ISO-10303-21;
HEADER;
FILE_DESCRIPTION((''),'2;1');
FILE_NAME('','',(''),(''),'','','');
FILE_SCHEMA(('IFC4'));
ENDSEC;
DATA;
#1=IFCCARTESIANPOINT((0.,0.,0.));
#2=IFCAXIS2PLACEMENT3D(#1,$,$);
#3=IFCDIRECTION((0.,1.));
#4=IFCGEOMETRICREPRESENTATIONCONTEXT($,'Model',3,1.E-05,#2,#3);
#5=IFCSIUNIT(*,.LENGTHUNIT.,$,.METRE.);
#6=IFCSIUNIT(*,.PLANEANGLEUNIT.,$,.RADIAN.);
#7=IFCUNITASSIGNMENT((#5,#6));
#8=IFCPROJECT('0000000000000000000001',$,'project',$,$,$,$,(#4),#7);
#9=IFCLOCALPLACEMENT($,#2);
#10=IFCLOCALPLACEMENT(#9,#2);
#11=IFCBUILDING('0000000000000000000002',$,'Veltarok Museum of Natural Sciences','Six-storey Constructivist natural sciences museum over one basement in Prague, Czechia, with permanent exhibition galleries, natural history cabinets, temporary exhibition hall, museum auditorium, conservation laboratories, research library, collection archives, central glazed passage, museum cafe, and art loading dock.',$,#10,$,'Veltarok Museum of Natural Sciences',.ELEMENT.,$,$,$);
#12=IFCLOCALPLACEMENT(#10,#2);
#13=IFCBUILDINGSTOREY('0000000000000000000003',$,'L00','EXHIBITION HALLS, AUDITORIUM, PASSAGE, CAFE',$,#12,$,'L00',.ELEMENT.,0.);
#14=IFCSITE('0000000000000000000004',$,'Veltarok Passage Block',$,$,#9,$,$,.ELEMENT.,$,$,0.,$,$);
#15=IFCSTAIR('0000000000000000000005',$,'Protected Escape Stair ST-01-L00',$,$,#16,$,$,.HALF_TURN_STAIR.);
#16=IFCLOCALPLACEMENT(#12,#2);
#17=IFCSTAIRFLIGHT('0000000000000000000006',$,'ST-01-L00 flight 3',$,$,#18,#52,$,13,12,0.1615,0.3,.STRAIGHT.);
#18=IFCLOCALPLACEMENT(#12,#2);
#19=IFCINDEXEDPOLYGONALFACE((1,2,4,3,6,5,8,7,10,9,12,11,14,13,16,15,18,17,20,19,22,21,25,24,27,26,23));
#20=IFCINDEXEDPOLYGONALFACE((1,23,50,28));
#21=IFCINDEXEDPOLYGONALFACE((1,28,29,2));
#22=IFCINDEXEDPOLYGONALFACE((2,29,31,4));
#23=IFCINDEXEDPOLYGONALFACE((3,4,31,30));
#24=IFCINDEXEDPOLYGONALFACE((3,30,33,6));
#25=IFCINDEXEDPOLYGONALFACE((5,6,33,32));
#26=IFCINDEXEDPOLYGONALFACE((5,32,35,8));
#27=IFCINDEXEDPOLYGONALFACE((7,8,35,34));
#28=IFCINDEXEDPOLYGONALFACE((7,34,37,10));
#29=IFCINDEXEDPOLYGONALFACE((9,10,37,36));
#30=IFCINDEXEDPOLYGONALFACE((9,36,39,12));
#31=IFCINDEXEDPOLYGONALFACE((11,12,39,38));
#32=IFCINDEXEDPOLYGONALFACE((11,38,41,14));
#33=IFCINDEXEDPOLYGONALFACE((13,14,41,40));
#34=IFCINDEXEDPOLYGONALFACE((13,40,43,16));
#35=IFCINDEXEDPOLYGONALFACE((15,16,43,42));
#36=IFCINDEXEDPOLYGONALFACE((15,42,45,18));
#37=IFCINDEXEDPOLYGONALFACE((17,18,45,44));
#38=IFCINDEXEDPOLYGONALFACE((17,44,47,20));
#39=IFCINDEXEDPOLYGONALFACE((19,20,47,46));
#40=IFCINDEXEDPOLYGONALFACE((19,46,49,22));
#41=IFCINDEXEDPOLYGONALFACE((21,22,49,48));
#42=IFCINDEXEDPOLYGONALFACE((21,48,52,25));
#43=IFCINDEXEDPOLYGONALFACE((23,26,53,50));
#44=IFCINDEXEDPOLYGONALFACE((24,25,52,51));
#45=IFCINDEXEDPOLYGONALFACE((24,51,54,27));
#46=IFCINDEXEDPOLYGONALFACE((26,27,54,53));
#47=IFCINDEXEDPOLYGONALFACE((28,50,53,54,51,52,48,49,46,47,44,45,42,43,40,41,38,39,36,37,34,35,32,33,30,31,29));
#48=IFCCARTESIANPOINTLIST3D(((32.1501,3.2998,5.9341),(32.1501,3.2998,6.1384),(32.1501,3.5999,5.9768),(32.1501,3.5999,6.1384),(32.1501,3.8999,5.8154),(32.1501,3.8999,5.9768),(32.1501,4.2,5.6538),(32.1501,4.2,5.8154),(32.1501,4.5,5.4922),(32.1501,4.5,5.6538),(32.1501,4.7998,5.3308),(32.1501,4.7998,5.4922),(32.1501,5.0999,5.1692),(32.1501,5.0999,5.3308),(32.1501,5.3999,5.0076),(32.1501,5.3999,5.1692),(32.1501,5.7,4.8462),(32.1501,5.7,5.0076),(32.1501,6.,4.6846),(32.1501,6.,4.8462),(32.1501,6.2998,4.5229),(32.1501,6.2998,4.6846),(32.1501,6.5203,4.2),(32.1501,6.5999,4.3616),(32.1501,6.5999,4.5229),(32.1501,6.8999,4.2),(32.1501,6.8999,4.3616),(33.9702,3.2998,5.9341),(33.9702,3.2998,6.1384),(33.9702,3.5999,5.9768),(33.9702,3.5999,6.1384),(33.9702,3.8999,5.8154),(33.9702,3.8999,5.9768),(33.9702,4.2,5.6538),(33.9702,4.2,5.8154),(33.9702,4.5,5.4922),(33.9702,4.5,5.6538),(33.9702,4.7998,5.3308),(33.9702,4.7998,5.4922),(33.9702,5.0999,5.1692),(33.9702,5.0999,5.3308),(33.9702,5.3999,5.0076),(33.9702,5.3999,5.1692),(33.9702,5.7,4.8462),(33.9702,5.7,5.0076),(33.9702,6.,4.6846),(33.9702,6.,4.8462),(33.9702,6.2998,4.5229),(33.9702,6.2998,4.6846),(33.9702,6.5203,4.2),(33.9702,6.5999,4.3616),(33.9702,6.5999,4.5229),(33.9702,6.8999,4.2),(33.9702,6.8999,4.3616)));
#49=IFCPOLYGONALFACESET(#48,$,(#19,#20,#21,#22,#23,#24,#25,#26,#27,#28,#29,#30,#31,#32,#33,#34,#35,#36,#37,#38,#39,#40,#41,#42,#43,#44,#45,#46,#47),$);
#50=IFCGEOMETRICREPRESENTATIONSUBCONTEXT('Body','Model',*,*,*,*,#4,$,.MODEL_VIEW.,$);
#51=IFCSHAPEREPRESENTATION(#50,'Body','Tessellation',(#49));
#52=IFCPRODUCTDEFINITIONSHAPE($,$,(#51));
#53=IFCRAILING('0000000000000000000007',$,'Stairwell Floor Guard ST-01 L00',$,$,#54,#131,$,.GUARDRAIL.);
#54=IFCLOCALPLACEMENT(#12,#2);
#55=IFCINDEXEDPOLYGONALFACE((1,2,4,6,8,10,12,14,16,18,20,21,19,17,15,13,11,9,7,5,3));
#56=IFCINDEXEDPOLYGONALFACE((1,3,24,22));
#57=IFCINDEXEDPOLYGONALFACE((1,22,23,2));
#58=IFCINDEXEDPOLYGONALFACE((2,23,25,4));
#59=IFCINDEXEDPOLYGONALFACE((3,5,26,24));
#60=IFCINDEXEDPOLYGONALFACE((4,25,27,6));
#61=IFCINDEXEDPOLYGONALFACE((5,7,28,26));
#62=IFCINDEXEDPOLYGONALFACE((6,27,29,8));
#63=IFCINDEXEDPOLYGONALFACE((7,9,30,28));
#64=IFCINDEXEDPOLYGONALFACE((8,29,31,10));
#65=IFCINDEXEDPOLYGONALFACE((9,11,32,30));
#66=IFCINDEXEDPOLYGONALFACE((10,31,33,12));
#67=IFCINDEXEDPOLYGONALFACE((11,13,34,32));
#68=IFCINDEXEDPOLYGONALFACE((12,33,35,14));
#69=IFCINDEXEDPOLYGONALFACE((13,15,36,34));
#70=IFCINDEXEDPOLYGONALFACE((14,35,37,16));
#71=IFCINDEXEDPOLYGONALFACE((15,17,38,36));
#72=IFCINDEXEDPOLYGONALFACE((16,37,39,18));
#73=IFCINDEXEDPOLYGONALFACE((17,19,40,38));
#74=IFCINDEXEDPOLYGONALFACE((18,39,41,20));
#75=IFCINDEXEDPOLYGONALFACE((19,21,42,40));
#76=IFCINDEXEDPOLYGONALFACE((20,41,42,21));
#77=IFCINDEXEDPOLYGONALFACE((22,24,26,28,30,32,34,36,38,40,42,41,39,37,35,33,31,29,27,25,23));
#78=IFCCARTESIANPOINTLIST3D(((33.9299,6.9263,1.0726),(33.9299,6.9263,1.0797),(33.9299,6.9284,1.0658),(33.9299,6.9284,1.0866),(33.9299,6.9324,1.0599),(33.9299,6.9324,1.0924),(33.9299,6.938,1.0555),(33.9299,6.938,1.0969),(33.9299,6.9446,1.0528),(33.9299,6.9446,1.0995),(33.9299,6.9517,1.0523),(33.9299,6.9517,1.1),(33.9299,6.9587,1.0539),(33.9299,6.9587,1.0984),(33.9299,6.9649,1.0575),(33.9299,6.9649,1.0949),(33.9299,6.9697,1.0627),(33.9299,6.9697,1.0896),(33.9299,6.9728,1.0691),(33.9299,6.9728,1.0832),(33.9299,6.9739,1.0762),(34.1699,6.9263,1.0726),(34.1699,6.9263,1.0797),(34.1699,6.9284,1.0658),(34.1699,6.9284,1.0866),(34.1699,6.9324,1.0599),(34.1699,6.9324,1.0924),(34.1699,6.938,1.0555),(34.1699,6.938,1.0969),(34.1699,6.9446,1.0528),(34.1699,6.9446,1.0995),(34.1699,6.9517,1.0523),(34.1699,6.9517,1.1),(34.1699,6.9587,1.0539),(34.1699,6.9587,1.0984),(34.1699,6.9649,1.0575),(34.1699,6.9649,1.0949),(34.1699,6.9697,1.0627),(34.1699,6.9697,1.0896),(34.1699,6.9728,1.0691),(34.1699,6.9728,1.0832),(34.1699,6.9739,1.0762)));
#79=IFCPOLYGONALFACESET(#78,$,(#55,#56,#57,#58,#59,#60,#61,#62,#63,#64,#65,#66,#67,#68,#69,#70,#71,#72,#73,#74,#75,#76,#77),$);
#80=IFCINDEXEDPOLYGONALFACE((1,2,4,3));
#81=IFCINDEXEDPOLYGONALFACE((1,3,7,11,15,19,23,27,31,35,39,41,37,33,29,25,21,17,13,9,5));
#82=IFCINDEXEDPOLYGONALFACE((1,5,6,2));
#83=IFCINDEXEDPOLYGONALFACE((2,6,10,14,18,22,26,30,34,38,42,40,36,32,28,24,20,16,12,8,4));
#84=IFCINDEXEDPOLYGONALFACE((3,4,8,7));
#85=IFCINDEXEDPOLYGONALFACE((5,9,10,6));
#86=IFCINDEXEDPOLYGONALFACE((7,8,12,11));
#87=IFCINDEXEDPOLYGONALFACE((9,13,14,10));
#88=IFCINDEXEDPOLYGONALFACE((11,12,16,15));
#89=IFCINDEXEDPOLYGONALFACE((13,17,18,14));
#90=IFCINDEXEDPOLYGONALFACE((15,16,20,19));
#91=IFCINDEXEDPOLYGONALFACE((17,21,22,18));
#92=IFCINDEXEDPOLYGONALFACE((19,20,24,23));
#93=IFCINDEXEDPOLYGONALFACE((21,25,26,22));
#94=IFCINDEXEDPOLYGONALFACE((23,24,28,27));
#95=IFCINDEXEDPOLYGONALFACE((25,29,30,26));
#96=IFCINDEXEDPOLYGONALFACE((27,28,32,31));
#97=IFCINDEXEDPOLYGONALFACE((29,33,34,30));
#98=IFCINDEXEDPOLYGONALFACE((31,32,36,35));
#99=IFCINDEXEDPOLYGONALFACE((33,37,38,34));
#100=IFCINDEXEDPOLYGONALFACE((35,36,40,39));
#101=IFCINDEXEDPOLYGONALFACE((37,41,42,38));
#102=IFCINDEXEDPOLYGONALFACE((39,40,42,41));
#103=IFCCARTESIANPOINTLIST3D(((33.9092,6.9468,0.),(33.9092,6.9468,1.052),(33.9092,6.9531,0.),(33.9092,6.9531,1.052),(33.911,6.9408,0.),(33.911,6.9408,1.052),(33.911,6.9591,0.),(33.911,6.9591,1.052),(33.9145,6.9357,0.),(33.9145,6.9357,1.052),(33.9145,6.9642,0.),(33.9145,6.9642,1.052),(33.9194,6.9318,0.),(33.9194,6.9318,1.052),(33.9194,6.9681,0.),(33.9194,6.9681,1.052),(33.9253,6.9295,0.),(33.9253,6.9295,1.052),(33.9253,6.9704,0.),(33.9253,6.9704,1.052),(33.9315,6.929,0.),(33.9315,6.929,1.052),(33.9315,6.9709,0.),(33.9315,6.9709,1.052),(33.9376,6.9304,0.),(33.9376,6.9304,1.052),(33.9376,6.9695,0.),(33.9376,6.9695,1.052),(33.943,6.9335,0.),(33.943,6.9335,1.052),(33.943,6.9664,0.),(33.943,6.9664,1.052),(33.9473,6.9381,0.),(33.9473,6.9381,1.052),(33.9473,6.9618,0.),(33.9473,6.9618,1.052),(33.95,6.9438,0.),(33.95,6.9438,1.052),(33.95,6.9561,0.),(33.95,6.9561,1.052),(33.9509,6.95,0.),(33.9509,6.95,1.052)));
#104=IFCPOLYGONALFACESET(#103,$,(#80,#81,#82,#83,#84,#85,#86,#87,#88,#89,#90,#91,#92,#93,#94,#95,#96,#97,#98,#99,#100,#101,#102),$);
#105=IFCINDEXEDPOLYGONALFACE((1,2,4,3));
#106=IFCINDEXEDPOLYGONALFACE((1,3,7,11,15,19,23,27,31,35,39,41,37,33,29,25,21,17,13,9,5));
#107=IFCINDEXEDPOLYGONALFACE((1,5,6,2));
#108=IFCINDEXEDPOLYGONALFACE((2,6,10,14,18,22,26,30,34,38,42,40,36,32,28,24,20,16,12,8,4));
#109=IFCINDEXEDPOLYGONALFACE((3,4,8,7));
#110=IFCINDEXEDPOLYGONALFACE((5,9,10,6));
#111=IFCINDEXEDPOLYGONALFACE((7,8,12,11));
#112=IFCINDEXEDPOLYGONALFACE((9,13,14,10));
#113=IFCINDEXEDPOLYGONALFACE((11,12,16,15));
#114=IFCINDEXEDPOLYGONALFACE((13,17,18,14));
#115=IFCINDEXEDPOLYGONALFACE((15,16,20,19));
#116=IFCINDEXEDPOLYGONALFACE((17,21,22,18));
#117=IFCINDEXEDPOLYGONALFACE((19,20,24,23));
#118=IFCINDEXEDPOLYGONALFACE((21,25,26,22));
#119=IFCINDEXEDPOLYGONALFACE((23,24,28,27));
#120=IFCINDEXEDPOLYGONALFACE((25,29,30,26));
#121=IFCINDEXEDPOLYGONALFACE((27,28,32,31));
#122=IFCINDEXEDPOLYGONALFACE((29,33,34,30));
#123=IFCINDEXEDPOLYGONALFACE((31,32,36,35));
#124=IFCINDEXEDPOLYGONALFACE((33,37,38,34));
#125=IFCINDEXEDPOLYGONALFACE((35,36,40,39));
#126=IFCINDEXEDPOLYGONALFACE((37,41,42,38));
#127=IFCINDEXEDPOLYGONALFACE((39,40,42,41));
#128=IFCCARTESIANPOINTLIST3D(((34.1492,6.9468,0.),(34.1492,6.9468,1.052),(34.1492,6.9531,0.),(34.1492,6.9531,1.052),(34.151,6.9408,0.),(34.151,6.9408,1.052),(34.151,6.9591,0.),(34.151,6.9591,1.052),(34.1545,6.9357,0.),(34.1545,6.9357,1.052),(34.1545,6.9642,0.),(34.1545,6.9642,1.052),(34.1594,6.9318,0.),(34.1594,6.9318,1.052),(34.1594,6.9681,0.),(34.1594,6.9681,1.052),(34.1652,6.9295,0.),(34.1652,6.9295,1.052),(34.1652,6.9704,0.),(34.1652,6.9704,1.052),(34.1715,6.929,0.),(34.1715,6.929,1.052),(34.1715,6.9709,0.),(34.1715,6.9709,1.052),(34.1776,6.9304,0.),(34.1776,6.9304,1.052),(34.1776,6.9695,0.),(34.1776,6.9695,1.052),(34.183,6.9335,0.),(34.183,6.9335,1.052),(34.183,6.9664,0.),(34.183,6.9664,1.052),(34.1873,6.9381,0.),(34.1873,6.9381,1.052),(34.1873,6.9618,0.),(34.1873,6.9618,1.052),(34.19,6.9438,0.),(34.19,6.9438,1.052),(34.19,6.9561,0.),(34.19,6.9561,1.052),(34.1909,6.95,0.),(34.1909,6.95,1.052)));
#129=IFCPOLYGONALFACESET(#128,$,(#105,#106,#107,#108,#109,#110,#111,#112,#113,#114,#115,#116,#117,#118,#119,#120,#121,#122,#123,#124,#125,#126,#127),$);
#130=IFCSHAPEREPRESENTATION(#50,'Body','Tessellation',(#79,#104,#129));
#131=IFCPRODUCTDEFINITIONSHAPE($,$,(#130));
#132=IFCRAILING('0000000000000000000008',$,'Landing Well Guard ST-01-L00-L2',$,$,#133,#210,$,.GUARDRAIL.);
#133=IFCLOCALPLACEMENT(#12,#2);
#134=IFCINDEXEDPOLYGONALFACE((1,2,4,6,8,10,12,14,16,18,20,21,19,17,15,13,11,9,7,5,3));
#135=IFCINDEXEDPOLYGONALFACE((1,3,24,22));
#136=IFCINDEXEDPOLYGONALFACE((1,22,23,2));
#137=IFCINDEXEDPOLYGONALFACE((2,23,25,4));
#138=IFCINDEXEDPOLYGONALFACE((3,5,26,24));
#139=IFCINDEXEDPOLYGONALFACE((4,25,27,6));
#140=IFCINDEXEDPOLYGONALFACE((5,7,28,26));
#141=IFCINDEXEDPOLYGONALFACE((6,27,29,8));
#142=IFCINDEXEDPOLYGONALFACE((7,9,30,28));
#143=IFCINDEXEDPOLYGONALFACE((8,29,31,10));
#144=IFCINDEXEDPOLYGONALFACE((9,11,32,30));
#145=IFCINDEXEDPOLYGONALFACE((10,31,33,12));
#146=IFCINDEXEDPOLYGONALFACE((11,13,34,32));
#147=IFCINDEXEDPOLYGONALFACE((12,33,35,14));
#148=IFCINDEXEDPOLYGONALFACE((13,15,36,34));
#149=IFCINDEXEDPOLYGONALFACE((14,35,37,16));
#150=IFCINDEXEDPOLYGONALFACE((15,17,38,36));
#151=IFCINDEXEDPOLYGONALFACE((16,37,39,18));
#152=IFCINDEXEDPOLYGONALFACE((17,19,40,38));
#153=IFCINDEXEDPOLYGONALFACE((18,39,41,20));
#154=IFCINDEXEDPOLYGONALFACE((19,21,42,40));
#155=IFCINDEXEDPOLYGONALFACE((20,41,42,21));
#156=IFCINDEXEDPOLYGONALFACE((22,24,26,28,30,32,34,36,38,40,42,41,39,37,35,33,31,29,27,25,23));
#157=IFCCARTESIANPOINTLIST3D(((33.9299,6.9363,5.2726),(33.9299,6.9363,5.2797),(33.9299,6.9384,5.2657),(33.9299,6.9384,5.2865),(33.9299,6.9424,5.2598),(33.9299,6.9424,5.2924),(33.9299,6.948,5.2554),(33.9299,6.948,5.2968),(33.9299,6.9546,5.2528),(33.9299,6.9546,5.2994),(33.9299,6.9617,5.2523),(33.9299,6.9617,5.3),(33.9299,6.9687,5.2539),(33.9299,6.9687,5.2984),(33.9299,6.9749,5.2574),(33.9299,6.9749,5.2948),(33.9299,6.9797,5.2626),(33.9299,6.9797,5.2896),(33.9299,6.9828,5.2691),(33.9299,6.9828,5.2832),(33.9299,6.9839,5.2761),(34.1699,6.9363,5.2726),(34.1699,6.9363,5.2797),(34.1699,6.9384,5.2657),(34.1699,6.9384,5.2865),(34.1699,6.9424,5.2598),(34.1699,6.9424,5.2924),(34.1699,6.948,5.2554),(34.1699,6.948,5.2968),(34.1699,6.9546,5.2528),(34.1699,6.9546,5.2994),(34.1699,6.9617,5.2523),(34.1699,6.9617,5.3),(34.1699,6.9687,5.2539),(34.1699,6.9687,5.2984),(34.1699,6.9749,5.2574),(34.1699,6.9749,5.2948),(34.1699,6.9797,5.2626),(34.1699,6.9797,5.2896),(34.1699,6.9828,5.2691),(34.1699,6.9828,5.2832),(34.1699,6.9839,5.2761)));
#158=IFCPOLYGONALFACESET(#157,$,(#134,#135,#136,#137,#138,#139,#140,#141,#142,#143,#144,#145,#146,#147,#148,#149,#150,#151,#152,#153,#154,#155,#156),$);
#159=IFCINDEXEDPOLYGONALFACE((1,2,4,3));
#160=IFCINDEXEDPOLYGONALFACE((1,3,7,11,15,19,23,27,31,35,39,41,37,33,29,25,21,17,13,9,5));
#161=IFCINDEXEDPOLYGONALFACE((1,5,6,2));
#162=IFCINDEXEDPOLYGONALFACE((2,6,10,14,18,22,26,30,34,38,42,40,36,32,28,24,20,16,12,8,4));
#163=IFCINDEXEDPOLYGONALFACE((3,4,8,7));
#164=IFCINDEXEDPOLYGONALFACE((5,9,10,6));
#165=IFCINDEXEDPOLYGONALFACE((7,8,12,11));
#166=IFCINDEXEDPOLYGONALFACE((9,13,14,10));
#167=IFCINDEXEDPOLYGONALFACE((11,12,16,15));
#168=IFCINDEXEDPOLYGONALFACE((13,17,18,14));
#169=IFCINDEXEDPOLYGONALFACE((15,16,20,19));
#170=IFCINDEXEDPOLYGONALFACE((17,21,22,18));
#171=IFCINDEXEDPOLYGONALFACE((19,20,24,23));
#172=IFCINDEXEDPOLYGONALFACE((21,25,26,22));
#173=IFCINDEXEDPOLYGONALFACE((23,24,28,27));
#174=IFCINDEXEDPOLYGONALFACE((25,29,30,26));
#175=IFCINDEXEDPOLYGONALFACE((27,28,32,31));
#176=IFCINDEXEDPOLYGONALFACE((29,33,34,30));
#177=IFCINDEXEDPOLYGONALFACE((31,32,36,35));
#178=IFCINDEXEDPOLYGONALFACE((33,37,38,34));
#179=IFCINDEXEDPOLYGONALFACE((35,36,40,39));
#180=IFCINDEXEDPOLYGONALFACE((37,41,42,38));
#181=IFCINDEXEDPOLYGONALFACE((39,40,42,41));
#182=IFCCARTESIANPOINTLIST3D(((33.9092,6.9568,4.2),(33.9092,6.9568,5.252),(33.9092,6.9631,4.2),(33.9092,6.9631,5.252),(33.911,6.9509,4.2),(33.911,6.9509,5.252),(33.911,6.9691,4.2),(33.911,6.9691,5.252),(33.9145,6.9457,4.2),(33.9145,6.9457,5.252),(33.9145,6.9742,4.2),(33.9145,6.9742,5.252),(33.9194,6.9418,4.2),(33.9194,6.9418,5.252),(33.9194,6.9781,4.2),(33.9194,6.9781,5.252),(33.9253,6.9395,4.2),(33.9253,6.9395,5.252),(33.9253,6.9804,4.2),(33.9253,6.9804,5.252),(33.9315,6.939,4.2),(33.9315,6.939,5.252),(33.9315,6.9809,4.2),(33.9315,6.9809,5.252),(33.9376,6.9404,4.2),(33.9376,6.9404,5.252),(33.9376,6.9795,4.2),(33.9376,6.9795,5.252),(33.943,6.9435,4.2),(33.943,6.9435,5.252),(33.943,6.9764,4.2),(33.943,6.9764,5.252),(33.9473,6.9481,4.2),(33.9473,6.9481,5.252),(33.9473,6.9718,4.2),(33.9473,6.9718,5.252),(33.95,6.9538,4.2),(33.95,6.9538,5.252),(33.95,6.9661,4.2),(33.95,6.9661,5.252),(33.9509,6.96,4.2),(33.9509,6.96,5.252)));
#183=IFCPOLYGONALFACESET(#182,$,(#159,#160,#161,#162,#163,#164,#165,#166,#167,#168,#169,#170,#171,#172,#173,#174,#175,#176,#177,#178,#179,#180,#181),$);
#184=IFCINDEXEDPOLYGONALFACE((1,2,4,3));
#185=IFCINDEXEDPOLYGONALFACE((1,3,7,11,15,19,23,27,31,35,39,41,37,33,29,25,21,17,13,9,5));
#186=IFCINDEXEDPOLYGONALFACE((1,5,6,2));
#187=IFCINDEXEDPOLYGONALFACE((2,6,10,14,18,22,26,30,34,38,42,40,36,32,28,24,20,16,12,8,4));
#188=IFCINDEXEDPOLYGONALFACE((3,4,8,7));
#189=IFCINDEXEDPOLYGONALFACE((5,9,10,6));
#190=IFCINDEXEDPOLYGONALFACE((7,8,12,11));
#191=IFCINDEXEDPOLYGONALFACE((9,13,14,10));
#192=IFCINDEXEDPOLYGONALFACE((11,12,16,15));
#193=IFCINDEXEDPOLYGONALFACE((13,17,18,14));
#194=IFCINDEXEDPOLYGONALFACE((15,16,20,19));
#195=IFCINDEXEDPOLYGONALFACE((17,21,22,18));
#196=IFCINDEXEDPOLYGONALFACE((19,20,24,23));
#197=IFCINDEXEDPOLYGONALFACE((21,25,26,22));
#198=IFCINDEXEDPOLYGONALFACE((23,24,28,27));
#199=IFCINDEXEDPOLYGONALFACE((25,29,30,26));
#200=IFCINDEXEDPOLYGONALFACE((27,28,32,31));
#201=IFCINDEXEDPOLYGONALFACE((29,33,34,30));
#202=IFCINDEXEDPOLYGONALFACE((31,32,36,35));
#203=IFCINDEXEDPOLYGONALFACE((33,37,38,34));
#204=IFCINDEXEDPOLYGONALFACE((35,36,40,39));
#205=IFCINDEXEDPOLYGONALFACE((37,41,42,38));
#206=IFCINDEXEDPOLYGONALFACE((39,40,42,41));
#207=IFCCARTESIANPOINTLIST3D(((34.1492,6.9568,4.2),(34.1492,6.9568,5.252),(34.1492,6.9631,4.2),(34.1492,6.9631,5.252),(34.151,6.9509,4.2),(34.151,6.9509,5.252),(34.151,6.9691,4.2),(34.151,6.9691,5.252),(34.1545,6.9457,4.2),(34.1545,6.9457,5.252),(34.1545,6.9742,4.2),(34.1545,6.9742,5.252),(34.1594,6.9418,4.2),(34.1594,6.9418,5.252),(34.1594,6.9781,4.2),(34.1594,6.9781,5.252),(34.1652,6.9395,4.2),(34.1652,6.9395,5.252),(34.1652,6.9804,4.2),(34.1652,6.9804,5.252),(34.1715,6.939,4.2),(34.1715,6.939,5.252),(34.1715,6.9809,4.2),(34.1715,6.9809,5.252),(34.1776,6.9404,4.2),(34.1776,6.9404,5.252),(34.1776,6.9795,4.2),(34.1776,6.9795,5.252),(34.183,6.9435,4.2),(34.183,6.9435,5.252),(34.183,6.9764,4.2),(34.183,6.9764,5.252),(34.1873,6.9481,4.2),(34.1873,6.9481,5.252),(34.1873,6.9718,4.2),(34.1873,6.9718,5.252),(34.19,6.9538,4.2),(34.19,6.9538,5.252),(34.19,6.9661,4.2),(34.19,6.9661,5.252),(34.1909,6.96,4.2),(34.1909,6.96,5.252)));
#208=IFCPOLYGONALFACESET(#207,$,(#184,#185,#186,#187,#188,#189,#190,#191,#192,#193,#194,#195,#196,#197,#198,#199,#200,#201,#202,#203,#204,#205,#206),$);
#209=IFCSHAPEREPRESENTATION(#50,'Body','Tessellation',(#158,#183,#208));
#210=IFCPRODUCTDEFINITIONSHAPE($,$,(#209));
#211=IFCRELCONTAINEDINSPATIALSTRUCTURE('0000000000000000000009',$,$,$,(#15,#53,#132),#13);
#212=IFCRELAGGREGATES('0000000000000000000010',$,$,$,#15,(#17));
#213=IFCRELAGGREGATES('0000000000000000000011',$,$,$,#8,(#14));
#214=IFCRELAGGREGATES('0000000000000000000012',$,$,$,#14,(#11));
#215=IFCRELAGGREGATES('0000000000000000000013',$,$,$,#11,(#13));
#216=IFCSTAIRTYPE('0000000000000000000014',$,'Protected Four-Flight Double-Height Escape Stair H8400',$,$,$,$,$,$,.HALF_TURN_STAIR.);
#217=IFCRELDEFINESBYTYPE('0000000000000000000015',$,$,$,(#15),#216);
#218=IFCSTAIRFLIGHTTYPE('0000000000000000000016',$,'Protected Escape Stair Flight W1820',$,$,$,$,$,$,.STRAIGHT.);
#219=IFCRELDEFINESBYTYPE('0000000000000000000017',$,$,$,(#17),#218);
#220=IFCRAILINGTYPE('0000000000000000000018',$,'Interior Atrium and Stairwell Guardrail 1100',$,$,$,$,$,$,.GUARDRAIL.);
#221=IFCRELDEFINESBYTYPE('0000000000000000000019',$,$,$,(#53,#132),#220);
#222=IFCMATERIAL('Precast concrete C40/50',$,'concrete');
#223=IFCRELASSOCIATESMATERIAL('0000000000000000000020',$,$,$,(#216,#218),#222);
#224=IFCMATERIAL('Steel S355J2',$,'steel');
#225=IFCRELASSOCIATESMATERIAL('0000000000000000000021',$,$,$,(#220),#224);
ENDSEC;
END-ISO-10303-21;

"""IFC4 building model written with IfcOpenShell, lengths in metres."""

from ifc_helpers import new_model, si_unit, direction, frame, origin, origin_2d, place, context, subcontext, project, spatial, polyline, circle, outline, extrude, material, type_object, element, aggregate, save


model = new_model("IFC4")

# Units and contexts
model_context = context("Model", 3, precision=1e-05, world=origin(), true_north=direction((0.0, 1.0)))
body_context = subcontext(model_context, "Body", "Model", "MODEL_VIEW")
ifc_project = project(units=[si_unit("LENGTHUNIT", "METRE"), si_unit("PLANEANGLEUNIT", "RADIAN")], contexts=[model_context])

# Site, building, storey
site_placement = place(None, origin())
site = spatial("IfcSite", under=ifc_project, at=site_placement, Name="Veltarok Passage Block", CompositionType="ELEMENT", RefElevation=0.0)
building_placement = place(site_placement, origin())
building = spatial("IfcBuilding", under=site, at=building_placement, Name="Veltarok Museum of Natural Sciences", Description="Six-storey Constructivist natural sciences museum over one basement in Prague, Czechia, with permanent exhibition galleries, natural history cabinets, temporary exhibition hall, museum auditorium, conservation laboratories, research library, collection archives, central glazed passage, museum cafe, and art loading dock.", LongName="Veltarok Museum of Natural Sciences", CompositionType="ELEMENT")
storey_placement = place(building_placement, origin())
storey = spatial("IfcBuildingStorey", under=building, at=storey_placement, Name="L00", Description="EXHIBITION HALLS, AUDITORIUM, PASSAGE, CAFE", LongName="L00", CompositionType="ELEMENT", Elevation=0.0)

# Shared definitions
ifc_material_1 = material(Name="Steel S355J2", Category="steel")

# Stair, stair flight
ifc_material_2 = material(Name="Precast concrete C40/50", Category="concrete")
stair_type = type_object("IfcStairType", Name="Protected Four-Flight Double-Height Escape Stair H8400", PredefinedType="HALF_TURN_STAIR", material=ifc_material_2)
stair_placement = place(storey_placement, origin())
stair = element("IfcStair", 1, at=stair_placement, inside=storey, type_object=stair_type, Name="Protected Escape Stair ST-01-L00", PredefinedType="HALF_TURN_STAIR")
stair_flight_type = type_object("IfcStairFlightType", Name="Protected Escape Stair Flight W1820", PredefinedType="STRAIGHT", material=ifc_material_2)
stair_flight_1_placement = place(storey_placement, frame((33.0601, 6.8999, 4.2), z_axis=(0.0, 0.0, 1.0), x_axis=(0.0, -1.0, 0.0)))
stair_flight_1 = element("IfcStairFlight", 2, at=stair_flight_1_placement, type_object=stair_flight_type, Name="ST-01-L00 flight 3", NumberOfRisers=13, NumberOfTreads=12, PredefinedType="STRAIGHT", RiserHeight=0.1615, TreadLength=0.3, context=body_context, shape_type="SweptSolid", body=[
    extrude(outline(polyline([(0.0, 0.0), (0.0, 0.1616), (0.3, 0.1616), (0.3, 0.323), (0.6001, 0.323), (0.6001, 0.4846), (0.8999, 0.4846), (0.8999, 0.6462), (1.2, 0.6462), (1.2, 0.8076), (1.5, 0.8076), (1.5, 0.9692), (1.8, 0.9692), (1.8, 1.1309), (2.1001, 1.1309), (2.1001, 1.2922), (2.3999, 1.2922), (2.3999, 1.4539), (2.7, 1.4539), (2.7, 1.6155), (3.0, 1.6155), (3.0, 1.7769), (3.3, 1.7769), (3.3, 1.9385), (3.6001, 1.9385), (3.6001, 2.1001), (3.6001, 1.7341), (0.3796, 0.0), (0.0, 0.0)])), frame((0.0, 0.9102, 0.0), z_axis=(0.0, -1.0, 0.0), x_axis=(1.0, 0.0, 0.0)), (0.0, 0.0, 1.0), 1.8201),
])
aggregate(stair, [stair_flight_1])

# Railings
railing_type_1 = type_object("IfcRailingType", Name="Interior Atrium and Stairwell Guardrail 1100", PredefinedType="GUARDRAIL", material=ifc_material_1)
for number, where, name in (
    (3, (33.9299, 6.95, 0.0), "Stairwell Floor Guard ST-01 L00"),
    (4, (33.9299, 6.96, 4.2), "Landing Well Guard ST-01-L00-L2"),
):
    element("IfcRailing", number, at=place(storey_placement, frame(where)), inside=storey, type_object=railing_type_1, Name=name, PredefinedType="GUARDRAIL", context=body_context, shape_type="SweptSolid", body=[
        extrude(circle(Radius=0.0239, at=origin_2d()), frame((0.0, 0.0, 1.0762), z_axis=(1.0, 0.0, 0.0), x_axis=(0.0, 1.0, 0.0)), (0.0, 0.0, 1.0), 0.24),
        extrude(circle(Radius=0.021, at=origin_2d()), origin(), (0.0, 0.0, 1.0), 1.052),
        extrude(circle(Radius=0.021, at=origin_2d()), frame((0.24, 0.0, 0.0)), (0.0, 0.0, 1.0), 1.052),
    ])

save(model, "model.ifc")
